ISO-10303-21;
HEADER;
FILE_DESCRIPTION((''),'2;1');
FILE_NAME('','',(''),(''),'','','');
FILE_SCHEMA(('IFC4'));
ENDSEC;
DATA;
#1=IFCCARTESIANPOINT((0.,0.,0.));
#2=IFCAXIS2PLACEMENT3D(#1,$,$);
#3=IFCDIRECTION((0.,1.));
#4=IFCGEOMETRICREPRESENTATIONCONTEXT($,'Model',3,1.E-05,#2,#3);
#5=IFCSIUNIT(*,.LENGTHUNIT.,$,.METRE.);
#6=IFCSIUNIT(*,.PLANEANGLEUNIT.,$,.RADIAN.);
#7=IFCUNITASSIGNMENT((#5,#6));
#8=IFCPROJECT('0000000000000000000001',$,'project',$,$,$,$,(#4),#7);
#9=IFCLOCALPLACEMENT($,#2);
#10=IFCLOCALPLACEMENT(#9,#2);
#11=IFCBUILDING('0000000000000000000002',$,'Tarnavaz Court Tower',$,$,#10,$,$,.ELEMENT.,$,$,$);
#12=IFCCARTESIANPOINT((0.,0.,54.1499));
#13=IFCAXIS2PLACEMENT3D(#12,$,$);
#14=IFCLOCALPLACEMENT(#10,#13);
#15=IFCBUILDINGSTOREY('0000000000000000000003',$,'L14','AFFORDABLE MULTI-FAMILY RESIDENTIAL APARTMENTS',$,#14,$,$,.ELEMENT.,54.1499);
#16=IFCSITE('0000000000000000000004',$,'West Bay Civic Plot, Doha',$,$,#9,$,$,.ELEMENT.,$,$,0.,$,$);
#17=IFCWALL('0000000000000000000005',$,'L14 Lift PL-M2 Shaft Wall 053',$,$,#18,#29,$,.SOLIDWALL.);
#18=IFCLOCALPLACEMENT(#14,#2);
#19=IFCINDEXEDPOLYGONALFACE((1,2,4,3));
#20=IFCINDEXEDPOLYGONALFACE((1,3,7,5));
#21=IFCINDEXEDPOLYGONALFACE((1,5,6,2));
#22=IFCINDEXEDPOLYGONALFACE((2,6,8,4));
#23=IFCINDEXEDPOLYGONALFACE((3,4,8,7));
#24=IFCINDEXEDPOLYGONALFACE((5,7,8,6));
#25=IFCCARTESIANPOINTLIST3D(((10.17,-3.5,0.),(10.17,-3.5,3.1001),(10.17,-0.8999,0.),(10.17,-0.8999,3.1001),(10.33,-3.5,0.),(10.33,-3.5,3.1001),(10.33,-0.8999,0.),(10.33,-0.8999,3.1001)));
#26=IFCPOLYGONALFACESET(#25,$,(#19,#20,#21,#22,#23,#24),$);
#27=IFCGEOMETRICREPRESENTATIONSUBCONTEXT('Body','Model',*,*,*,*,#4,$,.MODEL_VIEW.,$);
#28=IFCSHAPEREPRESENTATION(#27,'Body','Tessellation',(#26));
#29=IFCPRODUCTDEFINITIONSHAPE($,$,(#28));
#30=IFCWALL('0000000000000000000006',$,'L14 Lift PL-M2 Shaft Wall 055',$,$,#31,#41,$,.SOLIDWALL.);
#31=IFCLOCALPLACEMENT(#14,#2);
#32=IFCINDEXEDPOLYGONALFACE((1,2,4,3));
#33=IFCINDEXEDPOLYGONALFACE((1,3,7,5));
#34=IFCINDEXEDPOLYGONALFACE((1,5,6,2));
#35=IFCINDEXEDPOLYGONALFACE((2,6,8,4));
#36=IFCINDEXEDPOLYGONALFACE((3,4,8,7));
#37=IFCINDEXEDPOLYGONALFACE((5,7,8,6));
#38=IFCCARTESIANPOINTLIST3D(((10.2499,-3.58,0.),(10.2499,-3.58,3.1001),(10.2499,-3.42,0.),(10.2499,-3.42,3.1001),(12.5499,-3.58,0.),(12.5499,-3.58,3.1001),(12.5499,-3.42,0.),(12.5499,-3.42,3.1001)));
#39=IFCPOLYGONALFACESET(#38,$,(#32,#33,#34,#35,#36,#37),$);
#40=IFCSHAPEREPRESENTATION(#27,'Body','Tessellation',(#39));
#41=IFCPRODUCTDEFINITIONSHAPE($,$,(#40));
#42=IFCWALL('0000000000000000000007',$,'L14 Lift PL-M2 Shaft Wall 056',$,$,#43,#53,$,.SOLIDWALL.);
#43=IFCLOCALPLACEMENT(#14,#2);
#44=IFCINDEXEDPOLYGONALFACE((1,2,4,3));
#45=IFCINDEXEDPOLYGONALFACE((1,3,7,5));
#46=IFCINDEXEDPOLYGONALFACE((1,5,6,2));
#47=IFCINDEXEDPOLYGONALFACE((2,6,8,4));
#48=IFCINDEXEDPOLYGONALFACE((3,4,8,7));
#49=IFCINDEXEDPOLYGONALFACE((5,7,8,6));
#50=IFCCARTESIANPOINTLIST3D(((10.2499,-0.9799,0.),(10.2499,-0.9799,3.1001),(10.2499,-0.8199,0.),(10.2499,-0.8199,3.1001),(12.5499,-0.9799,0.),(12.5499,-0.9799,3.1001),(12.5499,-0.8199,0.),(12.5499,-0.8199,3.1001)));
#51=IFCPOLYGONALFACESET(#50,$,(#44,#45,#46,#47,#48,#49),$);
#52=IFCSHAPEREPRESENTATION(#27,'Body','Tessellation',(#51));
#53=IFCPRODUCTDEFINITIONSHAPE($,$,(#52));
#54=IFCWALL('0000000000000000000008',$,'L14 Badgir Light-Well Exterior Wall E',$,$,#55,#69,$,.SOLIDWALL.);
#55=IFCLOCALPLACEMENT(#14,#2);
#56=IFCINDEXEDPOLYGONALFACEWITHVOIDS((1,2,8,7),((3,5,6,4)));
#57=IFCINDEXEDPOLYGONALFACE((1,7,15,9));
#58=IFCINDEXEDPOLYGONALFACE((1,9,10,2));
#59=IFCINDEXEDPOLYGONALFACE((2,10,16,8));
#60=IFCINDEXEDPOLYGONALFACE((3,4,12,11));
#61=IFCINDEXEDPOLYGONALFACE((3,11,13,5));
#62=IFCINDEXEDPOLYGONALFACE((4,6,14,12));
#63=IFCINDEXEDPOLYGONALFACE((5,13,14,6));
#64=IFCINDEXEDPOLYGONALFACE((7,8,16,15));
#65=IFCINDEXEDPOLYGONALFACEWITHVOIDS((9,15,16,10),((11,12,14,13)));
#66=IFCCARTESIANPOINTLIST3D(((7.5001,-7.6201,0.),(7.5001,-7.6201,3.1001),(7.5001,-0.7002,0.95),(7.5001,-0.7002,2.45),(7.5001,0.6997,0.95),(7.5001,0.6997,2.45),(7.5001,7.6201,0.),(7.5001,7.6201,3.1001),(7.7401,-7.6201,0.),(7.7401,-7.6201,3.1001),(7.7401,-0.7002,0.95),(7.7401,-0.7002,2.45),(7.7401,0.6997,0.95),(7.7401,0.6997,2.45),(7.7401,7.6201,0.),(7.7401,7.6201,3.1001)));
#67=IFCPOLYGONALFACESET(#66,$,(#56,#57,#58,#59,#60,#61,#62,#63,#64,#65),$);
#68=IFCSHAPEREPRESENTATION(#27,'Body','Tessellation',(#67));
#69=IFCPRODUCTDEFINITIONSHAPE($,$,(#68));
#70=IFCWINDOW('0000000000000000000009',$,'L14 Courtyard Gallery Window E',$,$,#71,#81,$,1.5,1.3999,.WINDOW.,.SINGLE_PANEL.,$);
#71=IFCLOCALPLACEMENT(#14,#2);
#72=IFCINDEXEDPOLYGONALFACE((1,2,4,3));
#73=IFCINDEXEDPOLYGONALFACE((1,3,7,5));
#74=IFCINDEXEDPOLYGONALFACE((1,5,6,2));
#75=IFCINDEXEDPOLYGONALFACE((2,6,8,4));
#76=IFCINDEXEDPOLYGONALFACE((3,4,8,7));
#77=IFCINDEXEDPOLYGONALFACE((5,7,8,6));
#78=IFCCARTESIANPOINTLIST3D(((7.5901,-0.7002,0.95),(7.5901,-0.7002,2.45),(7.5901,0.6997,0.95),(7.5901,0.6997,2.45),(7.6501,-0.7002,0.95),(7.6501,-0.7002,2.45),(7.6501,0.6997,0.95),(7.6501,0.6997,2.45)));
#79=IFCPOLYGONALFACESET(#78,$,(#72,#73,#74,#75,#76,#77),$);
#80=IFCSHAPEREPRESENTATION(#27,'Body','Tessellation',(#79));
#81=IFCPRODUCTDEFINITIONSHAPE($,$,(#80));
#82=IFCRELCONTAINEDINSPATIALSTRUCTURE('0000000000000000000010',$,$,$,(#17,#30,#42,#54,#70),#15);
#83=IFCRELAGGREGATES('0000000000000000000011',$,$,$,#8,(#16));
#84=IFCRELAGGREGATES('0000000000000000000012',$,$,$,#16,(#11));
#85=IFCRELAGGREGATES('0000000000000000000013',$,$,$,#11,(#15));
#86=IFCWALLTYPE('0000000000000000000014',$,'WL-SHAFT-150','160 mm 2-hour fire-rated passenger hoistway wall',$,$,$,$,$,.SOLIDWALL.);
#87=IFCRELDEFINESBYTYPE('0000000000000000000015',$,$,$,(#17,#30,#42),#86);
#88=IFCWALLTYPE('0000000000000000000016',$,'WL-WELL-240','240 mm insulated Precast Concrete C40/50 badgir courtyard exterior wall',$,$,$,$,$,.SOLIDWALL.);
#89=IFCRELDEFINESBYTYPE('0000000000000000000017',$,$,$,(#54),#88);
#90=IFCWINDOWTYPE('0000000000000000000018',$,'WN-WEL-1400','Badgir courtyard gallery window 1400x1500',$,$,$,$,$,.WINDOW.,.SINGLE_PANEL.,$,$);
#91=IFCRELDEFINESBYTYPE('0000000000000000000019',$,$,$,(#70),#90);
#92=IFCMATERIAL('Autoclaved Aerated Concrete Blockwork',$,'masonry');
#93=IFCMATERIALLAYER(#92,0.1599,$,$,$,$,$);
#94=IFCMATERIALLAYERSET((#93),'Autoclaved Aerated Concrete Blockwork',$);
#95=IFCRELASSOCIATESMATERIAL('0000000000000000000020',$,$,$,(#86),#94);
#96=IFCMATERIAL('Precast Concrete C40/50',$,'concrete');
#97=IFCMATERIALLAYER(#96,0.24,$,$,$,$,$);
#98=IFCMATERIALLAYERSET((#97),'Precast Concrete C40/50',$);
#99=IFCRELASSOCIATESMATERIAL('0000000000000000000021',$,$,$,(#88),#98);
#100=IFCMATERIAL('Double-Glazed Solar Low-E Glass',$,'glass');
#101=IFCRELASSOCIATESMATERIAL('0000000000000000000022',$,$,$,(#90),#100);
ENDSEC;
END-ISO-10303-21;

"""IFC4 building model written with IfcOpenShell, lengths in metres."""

from ifc_helpers import new_model, si_unit, direction, frame, frame_2d, origin, place, context, subcontext, project, spatial, rectangle, extrude, material, layer, layer_set, type_object, element, fill, save


model = new_model("IFC4")

# Units and contexts
model_context = context("Model", 3, precision=1e-05, world=origin(), true_north=direction((0.0, 1.0)))
body_context = subcontext(model_context, "Body", "Model", "MODEL_VIEW")
ifc_project = project(units=[si_unit("LENGTHUNIT", "METRE"), si_unit("PLANEANGLEUNIT", "RADIAN")], contexts=[model_context])

# Site, building, storey
site_placement = place(None, origin())
site = spatial("IfcSite", under=ifc_project, at=site_placement, Name="West Bay Civic Plot, Doha", CompositionType="ELEMENT", RefElevation=0.0)
building_placement = place(site_placement, origin())
building = spatial("IfcBuilding", under=site, at=building_placement, Name="Tarnavaz Court Tower", CompositionType="ELEMENT")
storey_placement = place(building_placement, frame((0.0, 0.0, 54.1499)))
storey = spatial("IfcBuildingStorey", under=building, at=storey_placement, Name="L14", Description="AFFORDABLE MULTI-FAMILY RESIDENTIAL APARTMENTS", CompositionType="ELEMENT", Elevation=54.1499)

# Walls
ifc_material_1 = material(Name="Autoclaved Aerated Concrete Blockwork", Category="masonry")
ifc_layer_1 = layer(ifc_material_1, 0.1599)
ifc_layer_set_1 = layer_set([ifc_layer_1], Name="Autoclaved Aerated Concrete Blockwork")
wall_type_1 = type_object("IfcWallType", Name="WL-SHAFT-150", Description="160 mm 2-hour fire-rated passenger hoistway wall", PredefinedType="SOLIDWALL", material=ifc_layer_set_1)
wall_1_placement = place(storey_placement, frame((10.25, -3.5, 0.0), z_axis=(0.0, 0.0, 1.0), x_axis=(0.0, 1.0, 0.0)))
element("IfcWall", 1, at=wall_1_placement, inside=storey, type_object=wall_type_1, Name="L14 Lift PL-M2 Shaft Wall 053", PredefinedType="SOLIDWALL", context=body_context, shape_type="SweptSolid", body=[
    extrude(rectangle(XDim=2.6001, YDim=0.1599, at=frame_2d((1.3, 0.0))), origin(), (0.0, 0.0, 1.0), 3.1001),
])
for number, where, z_axis, x_axis, name in (
    (2, (10.25, -3.5, 0.0), (0.0, 0.0, 1.0), (1.0, 0.0, 0.0), "L14 Lift PL-M2 Shaft Wall 055"),
    (3, (10.25, -0.8999, 0.0), (0.0, 0.0, 1.0), (1.0, 0.0, 0.0), "L14 Lift PL-M2 Shaft Wall 056"),
):
    element("IfcWall", number, at=place(storey_placement, frame(where, z_axis=z_axis, x_axis=x_axis)), inside=storey, type_object=wall_type_1, Name=name, PredefinedType="SOLIDWALL", context=body_context, shape_type="SweptSolid", body=[
        extrude(rectangle(XDim=2.3, YDim=0.1599, at=frame_2d((1.1499, 0.0))), origin(), (0.0, 0.0, 1.0), 3.1001),
    ])

# Wall, opening, window
ifc_material_2 = material(Name="Precast Concrete C40/50", Category="concrete")
ifc_layer_2 = layer(ifc_material_2, 0.24)
ifc_layer_set_2 = layer_set([ifc_layer_2], Name="Precast Concrete C40/50")
wall_type_2 = type_object("IfcWallType", Name="WL-WELL-240", Description="240 mm insulated Precast Concrete C40/50 badgir courtyard exterior wall", PredefinedType="SOLIDWALL", material=ifc_layer_set_2)
wall_2_placement = place(storey_placement, frame((7.6201, -7.6201, 0.0), z_axis=(0.0, 0.0, 1.0), x_axis=(0.0, 1.0, 0.0)))
wall_2 = element("IfcWall", 4, at=wall_2_placement, inside=storey, type_object=wall_type_2, Name="L14 Badgir Light-Well Exterior Wall E", PredefinedType="SOLIDWALL", context=body_context, shape_type="SweptSolid", body=[
    extrude(rectangle(XDim=15.2402, YDim=0.24, at=frame_2d((7.6201, 0.0))), origin(), (0.0, 0.0, 1.0), 3.1001),
])
opening_1_placement = place(wall_2_placement, frame((6.9199, 0.0, 0.95)))
opening_1 = element("IfcOpeningElement", 5, at=opening_1_placement, cuts=wall_2, PredefinedType="OPENING", context=body_context, shape_type="SweptSolid", body=[
    extrude(rectangle(XDim=1.3999, YDim=1.5, at=frame_2d((0.7, 0.75))), frame((0.0, 0.1299, 0.0), z_axis=(0.0, -1.0, 0.0), x_axis=(1.0, 0.0, 0.0)), (0.0, 0.0, 1.0), 0.26),
])
ifc_material_3 = material(Name="Double-Glazed Solar Low-E Glass", Category="glass")
window_type = type_object("IfcWindowType", Name="WN-WEL-1400", Description="Badgir courtyard gallery window 1400x1500", PartitioningType="SINGLE_PANEL", PredefinedType="WINDOW", material=ifc_material_3)
window_placement = place(opening_1_placement, origin())
window = element("IfcWindow", 6, at=window_placement, inside=storey, type_object=window_type, Name="L14 Courtyard Gallery Window E", OverallHeight=1.5, OverallWidth=1.3999, PartitioningType="SINGLE_PANEL", PredefinedType="WINDOW", context=body_context, shape_type="SweptSolid", body=[
    extrude(rectangle(XDim=1.3999, YDim=1.5, at=frame_2d((0.7, 0.75))), frame((0.0, 0.03, 0.0), z_axis=(0.0, -1.0, 0.0), x_axis=(1.0, 0.0, 0.0)), (0.0, 0.0, 1.0), 0.0601),
])
fill(opening_1, window)

save(model, "model.ifc")
